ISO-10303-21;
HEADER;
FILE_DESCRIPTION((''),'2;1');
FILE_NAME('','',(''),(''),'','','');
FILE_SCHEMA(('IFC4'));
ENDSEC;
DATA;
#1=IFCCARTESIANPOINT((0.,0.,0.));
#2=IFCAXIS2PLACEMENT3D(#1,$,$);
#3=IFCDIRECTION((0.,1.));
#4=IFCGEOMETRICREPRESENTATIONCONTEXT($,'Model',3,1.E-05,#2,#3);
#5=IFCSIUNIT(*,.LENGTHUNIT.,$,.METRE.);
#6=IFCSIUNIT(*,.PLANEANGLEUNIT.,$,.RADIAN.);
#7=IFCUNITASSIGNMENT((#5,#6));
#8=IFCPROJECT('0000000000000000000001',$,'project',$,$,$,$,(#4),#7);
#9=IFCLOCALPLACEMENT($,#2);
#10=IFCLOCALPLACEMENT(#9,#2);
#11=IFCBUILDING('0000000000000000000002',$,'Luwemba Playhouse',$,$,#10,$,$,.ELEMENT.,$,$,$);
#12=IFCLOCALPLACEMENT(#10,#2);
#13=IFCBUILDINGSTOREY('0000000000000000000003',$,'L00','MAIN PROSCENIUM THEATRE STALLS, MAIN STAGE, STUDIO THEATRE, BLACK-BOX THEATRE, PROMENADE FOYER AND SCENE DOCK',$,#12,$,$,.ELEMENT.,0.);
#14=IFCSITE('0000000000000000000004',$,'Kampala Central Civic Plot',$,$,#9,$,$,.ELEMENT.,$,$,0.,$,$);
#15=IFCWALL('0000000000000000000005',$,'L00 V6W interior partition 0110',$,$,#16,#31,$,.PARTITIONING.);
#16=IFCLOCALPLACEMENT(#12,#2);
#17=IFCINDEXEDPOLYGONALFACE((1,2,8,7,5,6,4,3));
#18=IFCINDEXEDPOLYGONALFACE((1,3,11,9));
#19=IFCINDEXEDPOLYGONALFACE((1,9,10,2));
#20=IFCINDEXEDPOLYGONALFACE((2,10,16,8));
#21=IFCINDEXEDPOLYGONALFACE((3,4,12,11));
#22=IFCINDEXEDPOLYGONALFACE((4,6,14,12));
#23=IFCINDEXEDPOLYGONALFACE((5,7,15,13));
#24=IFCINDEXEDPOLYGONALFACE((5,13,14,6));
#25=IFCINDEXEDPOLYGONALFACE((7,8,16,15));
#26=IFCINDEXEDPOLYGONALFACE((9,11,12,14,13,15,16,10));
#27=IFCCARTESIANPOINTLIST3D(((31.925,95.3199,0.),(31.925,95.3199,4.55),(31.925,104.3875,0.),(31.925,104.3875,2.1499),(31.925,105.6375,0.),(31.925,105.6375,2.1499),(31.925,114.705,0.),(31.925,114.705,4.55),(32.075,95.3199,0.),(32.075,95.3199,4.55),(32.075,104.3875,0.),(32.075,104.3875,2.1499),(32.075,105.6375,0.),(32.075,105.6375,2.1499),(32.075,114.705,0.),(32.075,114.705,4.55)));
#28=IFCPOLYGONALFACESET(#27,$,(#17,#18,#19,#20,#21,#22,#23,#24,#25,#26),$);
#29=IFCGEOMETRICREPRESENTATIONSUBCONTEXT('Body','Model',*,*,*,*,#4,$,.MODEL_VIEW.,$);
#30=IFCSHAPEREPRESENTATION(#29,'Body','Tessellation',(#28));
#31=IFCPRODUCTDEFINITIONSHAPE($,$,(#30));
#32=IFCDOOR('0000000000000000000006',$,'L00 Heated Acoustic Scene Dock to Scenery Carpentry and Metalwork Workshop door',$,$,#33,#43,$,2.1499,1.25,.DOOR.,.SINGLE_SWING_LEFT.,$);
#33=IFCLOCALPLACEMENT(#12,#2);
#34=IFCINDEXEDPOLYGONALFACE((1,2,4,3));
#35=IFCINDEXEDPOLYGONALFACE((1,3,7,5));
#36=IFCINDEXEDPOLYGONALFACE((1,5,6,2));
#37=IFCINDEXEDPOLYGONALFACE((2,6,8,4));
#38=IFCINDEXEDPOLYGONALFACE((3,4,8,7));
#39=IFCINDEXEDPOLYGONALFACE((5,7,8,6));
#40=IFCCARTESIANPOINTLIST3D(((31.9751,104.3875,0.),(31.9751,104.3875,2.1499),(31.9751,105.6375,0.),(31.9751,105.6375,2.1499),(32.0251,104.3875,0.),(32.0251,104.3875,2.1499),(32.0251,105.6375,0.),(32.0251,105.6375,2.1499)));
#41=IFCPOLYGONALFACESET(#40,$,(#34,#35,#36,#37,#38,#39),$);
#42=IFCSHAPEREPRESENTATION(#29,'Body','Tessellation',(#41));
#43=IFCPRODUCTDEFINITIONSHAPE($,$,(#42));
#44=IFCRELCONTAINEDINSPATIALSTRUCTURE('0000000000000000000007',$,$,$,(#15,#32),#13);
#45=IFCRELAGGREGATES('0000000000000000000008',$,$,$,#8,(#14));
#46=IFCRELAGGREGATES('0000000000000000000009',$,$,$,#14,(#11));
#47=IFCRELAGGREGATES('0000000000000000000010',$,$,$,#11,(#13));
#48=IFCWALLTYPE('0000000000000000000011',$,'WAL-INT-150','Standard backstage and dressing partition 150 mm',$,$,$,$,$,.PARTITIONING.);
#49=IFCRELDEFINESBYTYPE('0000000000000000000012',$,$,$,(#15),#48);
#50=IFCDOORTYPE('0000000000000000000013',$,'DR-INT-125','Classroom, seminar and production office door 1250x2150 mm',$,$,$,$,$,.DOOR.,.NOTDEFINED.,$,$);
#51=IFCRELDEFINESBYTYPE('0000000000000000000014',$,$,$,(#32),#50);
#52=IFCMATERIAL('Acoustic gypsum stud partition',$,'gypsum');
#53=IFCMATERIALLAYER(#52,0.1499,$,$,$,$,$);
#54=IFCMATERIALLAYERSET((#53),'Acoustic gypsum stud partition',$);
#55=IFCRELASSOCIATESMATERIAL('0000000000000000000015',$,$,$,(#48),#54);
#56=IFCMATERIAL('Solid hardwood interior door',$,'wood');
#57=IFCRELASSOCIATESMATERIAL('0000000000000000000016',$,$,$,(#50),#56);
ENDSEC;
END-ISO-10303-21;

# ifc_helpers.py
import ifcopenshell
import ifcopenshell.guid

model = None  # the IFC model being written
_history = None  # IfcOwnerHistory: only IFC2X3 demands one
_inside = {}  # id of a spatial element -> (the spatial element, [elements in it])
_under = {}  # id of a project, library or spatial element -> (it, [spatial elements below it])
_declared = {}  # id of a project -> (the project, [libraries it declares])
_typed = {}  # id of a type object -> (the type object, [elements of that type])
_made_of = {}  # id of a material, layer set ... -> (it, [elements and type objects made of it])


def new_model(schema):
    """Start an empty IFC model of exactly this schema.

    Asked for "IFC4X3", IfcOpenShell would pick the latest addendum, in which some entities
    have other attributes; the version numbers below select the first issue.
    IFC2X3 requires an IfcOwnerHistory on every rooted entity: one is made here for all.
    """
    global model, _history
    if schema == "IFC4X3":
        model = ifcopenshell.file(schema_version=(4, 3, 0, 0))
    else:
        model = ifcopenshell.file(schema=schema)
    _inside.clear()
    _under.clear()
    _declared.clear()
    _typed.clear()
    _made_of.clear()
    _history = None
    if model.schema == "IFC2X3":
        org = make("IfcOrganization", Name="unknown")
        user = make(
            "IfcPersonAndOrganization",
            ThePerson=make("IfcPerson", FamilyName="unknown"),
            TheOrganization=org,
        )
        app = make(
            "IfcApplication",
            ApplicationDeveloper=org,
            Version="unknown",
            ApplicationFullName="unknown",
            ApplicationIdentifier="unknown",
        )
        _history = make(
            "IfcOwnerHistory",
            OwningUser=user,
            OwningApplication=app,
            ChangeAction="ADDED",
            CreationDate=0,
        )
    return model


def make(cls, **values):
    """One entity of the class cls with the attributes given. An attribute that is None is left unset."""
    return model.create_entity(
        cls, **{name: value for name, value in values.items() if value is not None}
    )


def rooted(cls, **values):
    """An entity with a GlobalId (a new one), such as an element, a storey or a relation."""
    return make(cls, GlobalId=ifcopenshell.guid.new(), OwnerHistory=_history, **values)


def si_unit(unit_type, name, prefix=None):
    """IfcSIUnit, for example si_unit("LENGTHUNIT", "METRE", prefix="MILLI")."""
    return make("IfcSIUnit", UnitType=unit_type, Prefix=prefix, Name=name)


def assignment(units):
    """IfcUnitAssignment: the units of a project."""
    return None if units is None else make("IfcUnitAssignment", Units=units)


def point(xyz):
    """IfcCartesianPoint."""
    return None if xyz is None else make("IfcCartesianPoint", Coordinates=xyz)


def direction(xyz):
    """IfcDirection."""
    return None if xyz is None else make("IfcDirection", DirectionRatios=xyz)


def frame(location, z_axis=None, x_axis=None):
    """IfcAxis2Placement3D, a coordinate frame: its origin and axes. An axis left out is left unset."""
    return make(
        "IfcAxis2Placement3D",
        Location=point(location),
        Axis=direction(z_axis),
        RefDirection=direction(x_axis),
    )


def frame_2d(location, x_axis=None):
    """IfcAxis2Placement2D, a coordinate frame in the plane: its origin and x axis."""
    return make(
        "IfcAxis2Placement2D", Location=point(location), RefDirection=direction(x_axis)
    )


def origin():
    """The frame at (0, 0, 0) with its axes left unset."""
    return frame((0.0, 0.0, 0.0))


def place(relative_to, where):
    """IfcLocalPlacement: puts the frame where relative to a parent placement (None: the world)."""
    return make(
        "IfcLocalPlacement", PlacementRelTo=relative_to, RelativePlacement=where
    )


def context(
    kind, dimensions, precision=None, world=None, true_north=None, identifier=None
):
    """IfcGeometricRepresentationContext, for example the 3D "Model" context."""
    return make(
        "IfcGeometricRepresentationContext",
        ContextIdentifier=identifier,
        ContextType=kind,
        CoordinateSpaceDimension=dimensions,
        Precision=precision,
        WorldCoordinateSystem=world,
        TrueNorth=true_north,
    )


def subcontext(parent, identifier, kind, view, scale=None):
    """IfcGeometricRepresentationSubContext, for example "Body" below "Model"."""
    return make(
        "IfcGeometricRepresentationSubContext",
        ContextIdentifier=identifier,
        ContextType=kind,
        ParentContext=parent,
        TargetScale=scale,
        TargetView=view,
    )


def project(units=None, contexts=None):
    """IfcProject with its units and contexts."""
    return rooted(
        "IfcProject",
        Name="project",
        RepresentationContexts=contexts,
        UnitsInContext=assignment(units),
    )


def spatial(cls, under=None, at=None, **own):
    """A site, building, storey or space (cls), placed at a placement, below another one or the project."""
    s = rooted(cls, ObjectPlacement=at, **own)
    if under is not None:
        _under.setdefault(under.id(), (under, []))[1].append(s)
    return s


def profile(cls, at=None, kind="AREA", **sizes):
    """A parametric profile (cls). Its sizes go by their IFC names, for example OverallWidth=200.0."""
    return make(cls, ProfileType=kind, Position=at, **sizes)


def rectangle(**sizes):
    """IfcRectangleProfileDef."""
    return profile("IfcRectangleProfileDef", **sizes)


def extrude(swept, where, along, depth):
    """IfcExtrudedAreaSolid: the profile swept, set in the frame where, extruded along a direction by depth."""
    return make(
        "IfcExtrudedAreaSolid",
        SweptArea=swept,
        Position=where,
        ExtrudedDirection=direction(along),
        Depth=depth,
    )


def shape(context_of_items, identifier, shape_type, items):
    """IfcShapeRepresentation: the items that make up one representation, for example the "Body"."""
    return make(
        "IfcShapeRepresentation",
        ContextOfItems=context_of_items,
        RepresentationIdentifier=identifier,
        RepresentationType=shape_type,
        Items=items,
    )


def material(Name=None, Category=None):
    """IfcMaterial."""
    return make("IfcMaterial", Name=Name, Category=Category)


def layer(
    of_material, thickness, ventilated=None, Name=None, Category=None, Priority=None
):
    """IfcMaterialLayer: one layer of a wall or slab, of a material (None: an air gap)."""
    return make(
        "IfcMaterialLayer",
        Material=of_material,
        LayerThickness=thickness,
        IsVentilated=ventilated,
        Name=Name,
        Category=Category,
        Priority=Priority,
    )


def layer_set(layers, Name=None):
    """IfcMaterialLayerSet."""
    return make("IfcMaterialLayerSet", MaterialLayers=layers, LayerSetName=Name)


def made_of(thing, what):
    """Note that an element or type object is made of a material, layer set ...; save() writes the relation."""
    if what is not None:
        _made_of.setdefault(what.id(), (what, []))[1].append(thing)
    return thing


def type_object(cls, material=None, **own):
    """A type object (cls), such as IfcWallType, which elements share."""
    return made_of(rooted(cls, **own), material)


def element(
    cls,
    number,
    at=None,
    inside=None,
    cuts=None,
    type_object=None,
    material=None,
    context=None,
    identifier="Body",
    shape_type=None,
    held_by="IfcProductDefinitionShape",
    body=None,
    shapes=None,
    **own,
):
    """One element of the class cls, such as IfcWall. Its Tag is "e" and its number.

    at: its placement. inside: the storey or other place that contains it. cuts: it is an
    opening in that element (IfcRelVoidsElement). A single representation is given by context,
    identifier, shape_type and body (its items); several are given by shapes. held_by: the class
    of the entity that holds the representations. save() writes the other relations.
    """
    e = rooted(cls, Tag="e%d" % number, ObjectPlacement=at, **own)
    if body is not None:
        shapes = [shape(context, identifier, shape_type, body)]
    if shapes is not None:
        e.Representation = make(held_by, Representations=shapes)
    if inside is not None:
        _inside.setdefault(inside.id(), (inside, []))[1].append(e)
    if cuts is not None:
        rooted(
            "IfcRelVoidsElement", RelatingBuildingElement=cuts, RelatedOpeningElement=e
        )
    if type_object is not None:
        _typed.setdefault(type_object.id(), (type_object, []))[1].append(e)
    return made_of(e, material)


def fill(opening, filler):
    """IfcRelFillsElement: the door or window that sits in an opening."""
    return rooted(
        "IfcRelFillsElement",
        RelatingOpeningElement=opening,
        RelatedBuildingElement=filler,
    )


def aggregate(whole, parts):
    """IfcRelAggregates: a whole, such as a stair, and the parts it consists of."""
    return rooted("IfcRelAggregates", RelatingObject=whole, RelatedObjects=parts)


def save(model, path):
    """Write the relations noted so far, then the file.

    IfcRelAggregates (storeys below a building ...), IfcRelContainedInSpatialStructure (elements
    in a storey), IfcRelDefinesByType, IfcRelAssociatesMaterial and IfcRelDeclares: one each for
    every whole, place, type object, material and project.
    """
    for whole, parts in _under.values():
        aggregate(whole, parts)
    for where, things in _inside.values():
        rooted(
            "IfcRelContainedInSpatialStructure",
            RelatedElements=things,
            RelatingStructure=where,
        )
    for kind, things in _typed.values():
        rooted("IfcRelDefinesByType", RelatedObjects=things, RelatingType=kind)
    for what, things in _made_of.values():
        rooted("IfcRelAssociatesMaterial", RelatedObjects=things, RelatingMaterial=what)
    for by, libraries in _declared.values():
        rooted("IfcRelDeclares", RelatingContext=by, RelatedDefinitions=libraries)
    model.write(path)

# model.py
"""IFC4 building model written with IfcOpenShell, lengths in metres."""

from ifc_helpers import new_model, si_unit, direction, frame, frame_2d, origin, place, context, subcontext, project, spatial, rectangle, extrude, material, layer, layer_set, type_object, element, fill, save


model = new_model("IFC4")

# Units and contexts
model_context = context("Model", 3, precision=1e-05, world=origin(), true_north=direction((0.0, 1.0)))
body_context = subcontext(model_context, "Body", "Model", "MODEL_VIEW")
ifc_project = project(units=[si_unit("LENGTHUNIT", "METRE"), si_unit("PLANEANGLEUNIT", "RADIAN")], contexts=[model_context])

# Site, building, storey
site_placement = place(None, origin())
site = spatial("IfcSite", under=ifc_project, at=site_placement, Name="Kampala Central Civic Plot", CompositionType="ELEMENT", RefElevation=0.0)
building_placement = place(site_placement, origin())
building = spatial("IfcBuilding", under=site, at=building_placement, Name="Luwemba Playhouse", CompositionType="ELEMENT")
storey_placement = place(building_placement, origin())
storey = spatial("IfcBuildingStorey", under=building, at=storey_placement, Name="L00", Description="MAIN PROSCENIUM THEATRE STALLS, MAIN STAGE, STUDIO THEATRE, BLACK-BOX THEATRE, PROMENADE FOYER AND SCENE DOCK", CompositionType="ELEMENT", Elevation=0.0)

# Wall, opening, door
ifc_material_1 = material(Name="Acoustic gypsum stud partition", Category="gypsum")
ifc_layer_1 = layer(ifc_material_1, 0.1499)
ifc_layer_set_1 = layer_set([ifc_layer_1], Name="Acoustic gypsum stud partition")
wall_type_1 = type_object("IfcWallType", Name="WAL-INT-150", Description="Standard backstage and dressing partition 150 mm", PredefinedType="PARTITIONING", material=ifc_layer_set_1)
wall_1_placement = place(storey_placement, frame((32.0, 95.3201, 0.0), z_axis=(0.0, 0.0, 1.0), x_axis=(0.0, 1.0, 0.0)))
wall_1 = element("IfcWall", 1, at=wall_1_placement, inside=storey, type_object=wall_type_1, Name="L00 V6W interior partition 0110", PredefinedType="PARTITIONING", context=body_context, shape_type="SweptSolid", body=[
    extrude(rectangle(XDim=19.385, YDim=0.1499, at=frame_2d((9.6924, 0.0))), origin(), (0.0, 0.0, 1.0), 4.55),
])
opening_1_placement = place(wall_1_placement, frame((9.0674, 0.0, 0.0)))
opening_1 = element("IfcOpeningElement", 2, at=opening_1_placement, cuts=wall_1, PredefinedType="OPENING", context=body_context, shape_type="SweptSolid", body=[
    extrude(rectangle(XDim=1.25, YDim=2.1499, at=frame_2d((0.625, 1.075))), frame((0.0, 0.085, 0.0), z_axis=(0.0, -1.0, 0.0), x_axis=(1.0, 0.0, 0.0)), (0.0, 0.0, 1.0), 0.1699),
])
ifc_material_2 = material(Name="Solid hardwood interior door", Category="wood")
door_type = type_object("IfcDoorType", Name="DR-INT-125", Description="Classroom, seminar and production office door 1250x2150 mm", OperationType="NOTDEFINED", PredefinedType="DOOR", material=ifc_material_2)
door_placement = place(opening_1_placement, origin())
door = element("IfcDoor", 3, at=door_placement, inside=storey, type_object=door_type, Name="L00 Heated Acoustic Scene Dock to Scenery Carpentry and Metalwork Workshop door", OperationType="SINGLE_SWING_LEFT", OverallHeight=2.1499, OverallWidth=1.25, PredefinedType="DOOR", context=body_context, shape_type="SweptSolid", body=[
    extrude(rectangle(XDim=1.25, YDim=2.1499, at=frame_2d((0.625, 1.075))), frame((0.0, 0.0249, 0.0), z_axis=(0.0, -1.0, 0.0), x_axis=(1.0, 0.0, 0.0)), (0.0, 0.0, 1.0), 0.05),
])
fill(opening_1, door)

save(model, "model.ifc")
